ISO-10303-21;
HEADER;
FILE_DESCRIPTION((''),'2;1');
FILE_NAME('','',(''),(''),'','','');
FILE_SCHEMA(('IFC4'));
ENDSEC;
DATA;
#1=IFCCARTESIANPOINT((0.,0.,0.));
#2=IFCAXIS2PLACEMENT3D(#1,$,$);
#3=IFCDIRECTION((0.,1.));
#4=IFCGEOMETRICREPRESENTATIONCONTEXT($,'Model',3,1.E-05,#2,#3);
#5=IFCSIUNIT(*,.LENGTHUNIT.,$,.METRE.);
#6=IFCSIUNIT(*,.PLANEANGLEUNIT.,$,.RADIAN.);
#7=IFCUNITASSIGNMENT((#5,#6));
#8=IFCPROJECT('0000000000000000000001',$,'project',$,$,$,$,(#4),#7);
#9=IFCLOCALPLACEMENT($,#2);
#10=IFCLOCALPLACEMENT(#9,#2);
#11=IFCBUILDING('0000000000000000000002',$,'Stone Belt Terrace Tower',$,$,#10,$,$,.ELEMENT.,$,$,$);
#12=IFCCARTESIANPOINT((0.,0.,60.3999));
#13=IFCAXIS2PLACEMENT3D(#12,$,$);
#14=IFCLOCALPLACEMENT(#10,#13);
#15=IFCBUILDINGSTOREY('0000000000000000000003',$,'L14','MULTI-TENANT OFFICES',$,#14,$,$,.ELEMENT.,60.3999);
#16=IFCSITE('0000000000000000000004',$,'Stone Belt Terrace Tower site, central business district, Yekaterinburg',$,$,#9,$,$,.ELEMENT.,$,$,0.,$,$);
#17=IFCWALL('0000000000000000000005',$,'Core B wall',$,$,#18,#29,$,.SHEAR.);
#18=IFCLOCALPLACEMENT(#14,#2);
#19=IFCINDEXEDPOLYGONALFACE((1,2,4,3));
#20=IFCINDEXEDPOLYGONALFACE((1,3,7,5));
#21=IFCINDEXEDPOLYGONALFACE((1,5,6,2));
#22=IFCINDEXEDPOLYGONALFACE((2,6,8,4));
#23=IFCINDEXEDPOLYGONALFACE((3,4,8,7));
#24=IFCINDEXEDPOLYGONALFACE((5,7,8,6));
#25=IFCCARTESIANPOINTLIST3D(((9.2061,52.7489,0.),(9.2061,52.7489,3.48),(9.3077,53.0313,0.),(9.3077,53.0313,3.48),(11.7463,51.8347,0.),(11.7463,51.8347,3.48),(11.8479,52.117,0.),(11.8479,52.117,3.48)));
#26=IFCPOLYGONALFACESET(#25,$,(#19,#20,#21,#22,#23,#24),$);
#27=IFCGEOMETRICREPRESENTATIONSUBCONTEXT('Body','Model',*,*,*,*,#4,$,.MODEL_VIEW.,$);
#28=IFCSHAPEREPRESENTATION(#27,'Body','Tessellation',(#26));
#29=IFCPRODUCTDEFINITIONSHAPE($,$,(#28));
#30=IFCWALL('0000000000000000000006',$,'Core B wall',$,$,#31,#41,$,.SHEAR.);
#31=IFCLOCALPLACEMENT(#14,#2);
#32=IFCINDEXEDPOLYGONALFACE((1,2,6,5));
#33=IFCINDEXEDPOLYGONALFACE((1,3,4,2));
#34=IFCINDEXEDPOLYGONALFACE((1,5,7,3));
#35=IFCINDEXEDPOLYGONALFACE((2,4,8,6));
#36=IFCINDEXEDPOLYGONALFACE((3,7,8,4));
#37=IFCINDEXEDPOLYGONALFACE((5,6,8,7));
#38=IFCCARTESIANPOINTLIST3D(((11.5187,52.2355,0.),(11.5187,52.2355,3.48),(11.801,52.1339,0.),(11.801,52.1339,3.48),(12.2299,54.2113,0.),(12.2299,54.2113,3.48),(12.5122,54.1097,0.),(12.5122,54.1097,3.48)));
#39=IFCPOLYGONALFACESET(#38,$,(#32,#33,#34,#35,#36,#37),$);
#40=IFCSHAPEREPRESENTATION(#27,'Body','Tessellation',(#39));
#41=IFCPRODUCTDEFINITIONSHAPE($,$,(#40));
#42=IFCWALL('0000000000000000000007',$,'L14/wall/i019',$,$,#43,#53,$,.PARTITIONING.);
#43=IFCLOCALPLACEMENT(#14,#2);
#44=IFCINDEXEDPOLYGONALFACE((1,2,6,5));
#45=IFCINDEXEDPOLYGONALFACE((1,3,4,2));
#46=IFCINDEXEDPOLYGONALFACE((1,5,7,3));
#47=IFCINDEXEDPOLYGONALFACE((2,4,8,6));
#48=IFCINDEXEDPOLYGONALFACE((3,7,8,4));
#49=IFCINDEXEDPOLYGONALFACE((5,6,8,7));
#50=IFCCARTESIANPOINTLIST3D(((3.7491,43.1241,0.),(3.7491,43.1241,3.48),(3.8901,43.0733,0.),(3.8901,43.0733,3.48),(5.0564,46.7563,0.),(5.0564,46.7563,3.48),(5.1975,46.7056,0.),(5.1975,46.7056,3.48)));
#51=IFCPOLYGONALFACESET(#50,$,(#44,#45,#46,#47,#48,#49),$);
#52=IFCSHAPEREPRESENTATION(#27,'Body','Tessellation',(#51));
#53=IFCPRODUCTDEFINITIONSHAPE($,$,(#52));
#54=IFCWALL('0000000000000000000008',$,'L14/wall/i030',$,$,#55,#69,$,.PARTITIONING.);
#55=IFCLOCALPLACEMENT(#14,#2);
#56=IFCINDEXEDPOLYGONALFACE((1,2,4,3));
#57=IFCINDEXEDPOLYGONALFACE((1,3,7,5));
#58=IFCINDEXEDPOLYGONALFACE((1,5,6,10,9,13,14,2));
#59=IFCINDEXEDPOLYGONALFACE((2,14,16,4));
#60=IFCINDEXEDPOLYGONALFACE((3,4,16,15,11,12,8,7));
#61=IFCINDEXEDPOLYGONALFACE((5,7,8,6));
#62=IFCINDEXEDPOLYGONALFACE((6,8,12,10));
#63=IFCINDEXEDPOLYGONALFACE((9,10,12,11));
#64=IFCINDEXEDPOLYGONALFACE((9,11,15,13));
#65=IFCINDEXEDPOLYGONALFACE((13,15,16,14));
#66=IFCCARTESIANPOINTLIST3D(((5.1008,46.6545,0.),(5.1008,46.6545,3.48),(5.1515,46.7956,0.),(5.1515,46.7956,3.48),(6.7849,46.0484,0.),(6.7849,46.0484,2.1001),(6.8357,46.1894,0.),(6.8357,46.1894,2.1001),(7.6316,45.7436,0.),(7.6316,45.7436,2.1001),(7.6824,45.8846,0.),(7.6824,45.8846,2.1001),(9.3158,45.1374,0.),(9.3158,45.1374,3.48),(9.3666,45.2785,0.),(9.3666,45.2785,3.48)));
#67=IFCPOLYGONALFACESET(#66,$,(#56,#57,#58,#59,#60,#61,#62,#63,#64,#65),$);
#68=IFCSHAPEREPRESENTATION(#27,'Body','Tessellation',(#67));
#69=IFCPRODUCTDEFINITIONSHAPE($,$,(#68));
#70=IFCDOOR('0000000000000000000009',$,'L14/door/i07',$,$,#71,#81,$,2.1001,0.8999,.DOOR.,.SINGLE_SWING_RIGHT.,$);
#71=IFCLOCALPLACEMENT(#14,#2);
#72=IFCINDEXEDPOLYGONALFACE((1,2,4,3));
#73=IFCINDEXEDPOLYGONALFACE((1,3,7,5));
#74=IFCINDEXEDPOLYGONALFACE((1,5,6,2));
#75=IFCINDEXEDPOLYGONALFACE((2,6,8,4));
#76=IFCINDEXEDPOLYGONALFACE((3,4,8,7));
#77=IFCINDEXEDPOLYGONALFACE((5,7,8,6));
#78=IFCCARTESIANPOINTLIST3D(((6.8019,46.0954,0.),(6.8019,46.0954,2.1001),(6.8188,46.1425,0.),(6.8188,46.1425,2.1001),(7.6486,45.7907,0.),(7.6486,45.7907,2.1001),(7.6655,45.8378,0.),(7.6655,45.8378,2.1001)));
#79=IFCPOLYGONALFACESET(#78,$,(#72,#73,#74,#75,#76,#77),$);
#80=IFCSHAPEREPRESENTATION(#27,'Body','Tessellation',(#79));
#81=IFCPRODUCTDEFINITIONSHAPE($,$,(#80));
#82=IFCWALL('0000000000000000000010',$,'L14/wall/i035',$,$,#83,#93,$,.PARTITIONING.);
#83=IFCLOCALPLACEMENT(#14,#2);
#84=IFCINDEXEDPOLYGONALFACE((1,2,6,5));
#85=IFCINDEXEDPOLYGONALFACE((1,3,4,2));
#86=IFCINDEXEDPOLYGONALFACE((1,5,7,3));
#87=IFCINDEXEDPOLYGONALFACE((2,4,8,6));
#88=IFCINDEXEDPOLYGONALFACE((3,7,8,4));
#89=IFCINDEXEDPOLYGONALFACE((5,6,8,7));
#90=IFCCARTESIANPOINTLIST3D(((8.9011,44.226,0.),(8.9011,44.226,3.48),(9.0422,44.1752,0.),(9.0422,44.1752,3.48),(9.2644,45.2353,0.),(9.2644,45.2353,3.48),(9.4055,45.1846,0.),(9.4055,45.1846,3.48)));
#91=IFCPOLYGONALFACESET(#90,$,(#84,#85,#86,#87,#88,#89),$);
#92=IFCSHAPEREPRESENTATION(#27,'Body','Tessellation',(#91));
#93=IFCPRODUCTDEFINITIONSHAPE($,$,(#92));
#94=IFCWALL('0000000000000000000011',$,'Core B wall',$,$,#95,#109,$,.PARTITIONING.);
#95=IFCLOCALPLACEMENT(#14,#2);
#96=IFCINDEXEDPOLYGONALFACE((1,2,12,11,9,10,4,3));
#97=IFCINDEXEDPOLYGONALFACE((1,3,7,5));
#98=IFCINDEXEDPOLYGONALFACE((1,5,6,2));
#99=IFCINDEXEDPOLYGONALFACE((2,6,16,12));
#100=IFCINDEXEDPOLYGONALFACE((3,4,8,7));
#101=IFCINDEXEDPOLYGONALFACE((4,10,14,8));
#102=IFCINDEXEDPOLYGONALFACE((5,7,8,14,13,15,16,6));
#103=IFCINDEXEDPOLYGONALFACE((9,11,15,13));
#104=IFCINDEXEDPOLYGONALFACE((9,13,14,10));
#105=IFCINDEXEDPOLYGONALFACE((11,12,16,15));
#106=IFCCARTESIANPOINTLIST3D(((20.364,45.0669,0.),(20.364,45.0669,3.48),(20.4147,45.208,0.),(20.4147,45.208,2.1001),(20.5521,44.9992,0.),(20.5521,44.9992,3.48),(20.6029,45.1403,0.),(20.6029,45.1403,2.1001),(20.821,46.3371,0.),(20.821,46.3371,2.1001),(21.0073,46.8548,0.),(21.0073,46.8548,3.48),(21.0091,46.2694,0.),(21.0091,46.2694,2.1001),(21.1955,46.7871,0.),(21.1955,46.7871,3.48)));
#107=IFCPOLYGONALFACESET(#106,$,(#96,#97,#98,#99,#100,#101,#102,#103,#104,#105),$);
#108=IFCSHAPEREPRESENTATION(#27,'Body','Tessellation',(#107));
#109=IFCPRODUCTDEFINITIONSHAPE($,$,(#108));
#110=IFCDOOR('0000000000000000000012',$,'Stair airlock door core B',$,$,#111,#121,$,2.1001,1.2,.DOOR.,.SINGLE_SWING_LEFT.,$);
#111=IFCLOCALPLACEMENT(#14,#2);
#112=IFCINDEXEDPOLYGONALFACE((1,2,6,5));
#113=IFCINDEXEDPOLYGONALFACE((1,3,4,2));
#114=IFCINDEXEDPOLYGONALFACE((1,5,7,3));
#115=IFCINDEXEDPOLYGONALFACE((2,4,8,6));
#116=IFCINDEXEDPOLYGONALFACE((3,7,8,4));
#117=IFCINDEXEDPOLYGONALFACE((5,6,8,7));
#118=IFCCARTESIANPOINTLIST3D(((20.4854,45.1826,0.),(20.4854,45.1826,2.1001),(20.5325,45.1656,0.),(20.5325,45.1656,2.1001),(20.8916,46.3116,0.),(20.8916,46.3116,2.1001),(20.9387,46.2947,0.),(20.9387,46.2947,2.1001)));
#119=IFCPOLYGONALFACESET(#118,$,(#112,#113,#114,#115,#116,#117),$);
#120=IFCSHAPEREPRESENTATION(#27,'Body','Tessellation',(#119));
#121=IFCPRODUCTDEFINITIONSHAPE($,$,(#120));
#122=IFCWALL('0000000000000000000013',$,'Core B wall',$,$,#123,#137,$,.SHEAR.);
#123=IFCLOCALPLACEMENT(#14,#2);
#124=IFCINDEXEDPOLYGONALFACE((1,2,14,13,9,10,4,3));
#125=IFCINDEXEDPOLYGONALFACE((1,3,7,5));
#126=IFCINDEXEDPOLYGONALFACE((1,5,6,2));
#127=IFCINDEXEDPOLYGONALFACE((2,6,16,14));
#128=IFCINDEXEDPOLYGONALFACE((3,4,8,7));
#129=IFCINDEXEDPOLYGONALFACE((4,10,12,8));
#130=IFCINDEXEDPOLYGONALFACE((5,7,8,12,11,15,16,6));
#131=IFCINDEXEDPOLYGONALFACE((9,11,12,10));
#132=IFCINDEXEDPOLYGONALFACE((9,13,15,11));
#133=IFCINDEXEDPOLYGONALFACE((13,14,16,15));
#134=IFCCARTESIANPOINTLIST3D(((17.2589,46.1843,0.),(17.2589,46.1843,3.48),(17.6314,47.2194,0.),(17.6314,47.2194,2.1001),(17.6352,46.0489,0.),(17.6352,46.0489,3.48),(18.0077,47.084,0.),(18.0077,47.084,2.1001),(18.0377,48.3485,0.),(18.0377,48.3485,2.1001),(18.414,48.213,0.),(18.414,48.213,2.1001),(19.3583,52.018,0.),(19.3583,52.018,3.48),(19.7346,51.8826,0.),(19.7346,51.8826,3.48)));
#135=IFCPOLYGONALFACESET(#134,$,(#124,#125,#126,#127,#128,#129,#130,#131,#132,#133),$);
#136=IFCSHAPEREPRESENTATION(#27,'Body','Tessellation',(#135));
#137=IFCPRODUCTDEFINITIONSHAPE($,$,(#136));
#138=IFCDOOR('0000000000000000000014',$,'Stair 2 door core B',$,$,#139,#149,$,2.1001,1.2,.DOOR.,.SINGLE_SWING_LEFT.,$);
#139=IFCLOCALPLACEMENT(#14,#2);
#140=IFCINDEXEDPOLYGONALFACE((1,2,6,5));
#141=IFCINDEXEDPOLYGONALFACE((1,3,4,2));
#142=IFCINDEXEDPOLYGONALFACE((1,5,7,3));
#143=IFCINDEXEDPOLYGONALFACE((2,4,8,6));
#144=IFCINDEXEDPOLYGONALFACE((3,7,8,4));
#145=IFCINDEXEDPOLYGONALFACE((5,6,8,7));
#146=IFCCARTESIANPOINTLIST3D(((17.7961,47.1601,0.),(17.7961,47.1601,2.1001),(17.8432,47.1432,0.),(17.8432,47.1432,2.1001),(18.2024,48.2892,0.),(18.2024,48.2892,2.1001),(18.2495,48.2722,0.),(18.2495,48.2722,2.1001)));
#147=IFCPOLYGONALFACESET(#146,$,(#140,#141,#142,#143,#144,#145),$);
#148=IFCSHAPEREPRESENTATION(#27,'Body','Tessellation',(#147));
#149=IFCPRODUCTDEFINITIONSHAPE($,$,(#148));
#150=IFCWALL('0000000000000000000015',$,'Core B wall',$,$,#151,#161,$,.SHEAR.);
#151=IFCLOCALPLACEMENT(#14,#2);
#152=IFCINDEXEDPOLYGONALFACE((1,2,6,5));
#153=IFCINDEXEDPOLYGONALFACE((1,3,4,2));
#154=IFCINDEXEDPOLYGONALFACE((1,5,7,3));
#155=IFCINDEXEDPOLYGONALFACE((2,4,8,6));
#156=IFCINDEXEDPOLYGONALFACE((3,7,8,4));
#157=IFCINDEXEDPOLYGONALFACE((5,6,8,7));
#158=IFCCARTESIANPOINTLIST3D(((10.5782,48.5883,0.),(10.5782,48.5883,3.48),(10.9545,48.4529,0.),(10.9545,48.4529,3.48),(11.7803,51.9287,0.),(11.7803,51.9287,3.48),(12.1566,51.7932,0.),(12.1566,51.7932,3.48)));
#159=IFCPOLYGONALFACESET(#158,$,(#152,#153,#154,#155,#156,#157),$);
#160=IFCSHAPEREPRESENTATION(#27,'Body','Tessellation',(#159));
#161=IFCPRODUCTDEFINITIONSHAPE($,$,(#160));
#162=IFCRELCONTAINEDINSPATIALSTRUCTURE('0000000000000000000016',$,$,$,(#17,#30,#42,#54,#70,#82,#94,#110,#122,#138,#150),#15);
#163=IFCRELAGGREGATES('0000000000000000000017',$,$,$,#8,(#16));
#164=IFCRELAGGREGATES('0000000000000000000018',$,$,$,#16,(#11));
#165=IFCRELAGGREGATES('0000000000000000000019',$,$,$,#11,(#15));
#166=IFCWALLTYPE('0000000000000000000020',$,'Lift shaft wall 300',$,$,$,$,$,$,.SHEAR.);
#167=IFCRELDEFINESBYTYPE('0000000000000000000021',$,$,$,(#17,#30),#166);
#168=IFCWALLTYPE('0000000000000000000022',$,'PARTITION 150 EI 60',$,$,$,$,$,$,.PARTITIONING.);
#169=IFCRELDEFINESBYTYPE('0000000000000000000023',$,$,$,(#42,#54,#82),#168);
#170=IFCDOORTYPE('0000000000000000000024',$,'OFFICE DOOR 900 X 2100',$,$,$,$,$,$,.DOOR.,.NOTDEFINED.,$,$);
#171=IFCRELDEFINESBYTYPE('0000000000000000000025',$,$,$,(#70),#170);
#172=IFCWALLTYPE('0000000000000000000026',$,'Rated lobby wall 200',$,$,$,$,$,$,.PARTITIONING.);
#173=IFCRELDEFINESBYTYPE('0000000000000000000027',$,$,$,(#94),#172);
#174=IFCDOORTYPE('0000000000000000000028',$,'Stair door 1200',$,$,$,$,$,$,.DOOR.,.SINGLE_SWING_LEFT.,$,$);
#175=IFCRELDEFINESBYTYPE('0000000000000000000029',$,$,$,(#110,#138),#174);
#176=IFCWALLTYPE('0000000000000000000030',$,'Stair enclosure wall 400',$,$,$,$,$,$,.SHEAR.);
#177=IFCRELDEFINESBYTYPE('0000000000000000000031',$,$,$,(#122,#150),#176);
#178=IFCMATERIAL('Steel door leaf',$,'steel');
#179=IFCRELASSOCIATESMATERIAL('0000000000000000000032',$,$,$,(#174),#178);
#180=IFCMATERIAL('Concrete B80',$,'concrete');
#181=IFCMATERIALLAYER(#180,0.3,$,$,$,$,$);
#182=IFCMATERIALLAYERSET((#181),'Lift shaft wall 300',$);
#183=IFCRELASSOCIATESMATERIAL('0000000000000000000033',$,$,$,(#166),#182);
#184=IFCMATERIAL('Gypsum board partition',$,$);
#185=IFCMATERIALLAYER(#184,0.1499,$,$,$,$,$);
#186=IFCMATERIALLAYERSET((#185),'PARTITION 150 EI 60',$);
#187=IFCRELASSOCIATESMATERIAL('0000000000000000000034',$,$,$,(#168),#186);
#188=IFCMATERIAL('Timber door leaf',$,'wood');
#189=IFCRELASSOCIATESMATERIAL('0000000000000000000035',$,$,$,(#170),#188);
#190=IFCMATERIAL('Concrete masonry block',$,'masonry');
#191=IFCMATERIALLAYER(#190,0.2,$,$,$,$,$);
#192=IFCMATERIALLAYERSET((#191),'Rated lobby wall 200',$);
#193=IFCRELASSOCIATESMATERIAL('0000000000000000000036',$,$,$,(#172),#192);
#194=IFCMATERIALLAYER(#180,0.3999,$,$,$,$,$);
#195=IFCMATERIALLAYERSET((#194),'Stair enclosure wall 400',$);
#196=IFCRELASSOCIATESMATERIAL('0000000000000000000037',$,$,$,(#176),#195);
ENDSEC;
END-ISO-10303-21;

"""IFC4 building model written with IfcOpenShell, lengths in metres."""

from ifc_helpers import new_model, si_unit, direction, frame, frame_2d, origin, place, context, subcontext, project, spatial, rectangle, extrude, material, layer, layer_set, type_object, element, fill, save


model = new_model("IFC4")

# Units and contexts
model_context = context("Model", 3, precision=1e-05, world=origin(), true_north=direction((0.0, 1.0)))
body_context = subcontext(model_context, "Body", "Model", "MODEL_VIEW")
ifc_project = project(units=[si_unit("LENGTHUNIT", "METRE"), si_unit("PLANEANGLEUNIT", "RADIAN")], contexts=[model_context])

# Site, building, storey
site_placement = place(None, origin())
site = spatial("IfcSite", under=ifc_project, at=site_placement, Name="Stone Belt Terrace Tower site, central business district, Yekaterinburg", CompositionType="ELEMENT", RefElevation=0.0)
building_placement = place(site_placement, origin())
building = spatial("IfcBuilding", under=site, at=building_placement, Name="Stone Belt Terrace Tower", CompositionType="ELEMENT")
storey_placement = place(building_placement, frame((0.0, 0.0, 60.3999)))
storey = spatial("IfcBuildingStorey", under=building, at=storey_placement, Name="L14", Description="MULTI-TENANT OFFICES", CompositionType="ELEMENT", Elevation=60.3999)

# Shared definitions
ifc_material_1 = material(Name="Concrete B80", Category="concrete")

# Shared definitions
ifc_material_2 = material(Name="Steel door leaf", Category="steel")
door_type_1 = type_object("IfcDoorType", Name="Stair door 1200", OperationType="SINGLE_SWING_LEFT", PredefinedType="DOOR", material=ifc_material_2)
ifc_material_3 = material(Name="Timber door leaf", Category="wood")

# Walls
ifc_layer_1 = layer(ifc_material_1, 0.3)
ifc_layer_set_1 = layer_set([ifc_layer_1], Name="Lift shaft wall 300")
wall_type_1 = type_object("IfcWallType", Name="Lift shaft wall 300", PredefinedType="SHEAR", material=ifc_layer_set_1)
wall_1_placement = place(storey_placement, frame((11.7971, 51.9758, 0.0), z_axis=(0.0, 0.0, 1.0), x_axis=(-0.94091, 0.338655, 0.0)))
element("IfcWall", 1, at=wall_1_placement, inside=storey, type_object=wall_type_1, Name="Core B wall", PredefinedType="SHEAR", context=body_context, shape_type="SweptSolid", body=[
    extrude(rectangle(XDim=2.6997, YDim=0.3, at=frame_2d((1.3499, 0.0))), origin(), (0.0, 0.0, 1.0), 3.48),
])
wall_2_placement = place(storey_placement, frame((11.6599, 52.1848, 0.0), z_axis=(0.0, 0.0, 1.0), x_axis=(0.33867, 0.940905, 0.0)))
element("IfcWall", 2, at=wall_2_placement, inside=storey, type_object=wall_type_1, Name="Core B wall", PredefinedType="SHEAR", context=body_context, shape_type="SweptSolid", body=[
    extrude(rectangle(XDim=2.0999, YDim=0.3, at=frame_2d((1.0498, 0.0))), origin(), (0.0, 0.0, 1.0), 3.48),
])
ifc_material_4 = material(Name="Gypsum board partition")
ifc_layer_2 = layer(ifc_material_4, 0.1499)
ifc_layer_set_2 = layer_set([ifc_layer_2], Name="PARTITION 150 EI 60")
wall_type_2 = type_object("IfcWallType", Name="PARTITION 150 EI 60", PredefinedType="PARTITIONING", material=ifc_layer_set_2)
wall_3_placement = place(storey_placement, frame((5.127, 46.731, 0.0), z_axis=(0.0, 0.0, 1.0), x_axis=(-0.338659, -0.940909, 0.0)))
element("IfcWall", 3, at=wall_3_placement, inside=storey, type_object=wall_type_2, Name="L14/wall/i019", PredefinedType="PARTITIONING", context=body_context, shape_type="SweptSolid", body=[
    extrude(rectangle(XDim=3.8604, YDim=0.1499, at=frame_2d((1.9302, 0.0))), origin(), (0.0, 0.0, 1.0), 3.48),
])

# Wall, opening, door
wall_4_placement = place(storey_placement, frame((9.3411, 45.208, 0.0), z_axis=(0.0, 0.0, 1.0), x_axis=(-0.940912, 0.338652, 0.0)))
wall_4 = element("IfcWall", 4, at=wall_4_placement, inside=storey, type_object=wall_type_2, Name="L14/wall/i030", PredefinedType="PARTITIONING", context=body_context, shape_type="SweptSolid", body=[
    extrude(rectangle(XDim=4.4797, YDim=0.1499, at=frame_2d((2.2397, 0.0))), origin(), (0.0, 0.0, 1.0), 3.48),
])
opening_1_placement = place(wall_4_placement, frame((1.7898, 0.0, 0.0)))
opening_1 = element("IfcOpeningElement", 5, at=opening_1_placement, cuts=wall_4, PredefinedType="OPENING", context=body_context, shape_type="SweptSolid", body=[
    extrude(rectangle(XDim=0.8999, YDim=2.1001, at=frame_2d((0.45, 1.05))), frame((0.0, 0.085, 0.0), z_axis=(0.0, -1.0, 0.0), x_axis=(1.0, 0.0, 0.0)), (0.0, 0.0, 1.0), 0.1699),
])
door_type_2 = type_object("IfcDoorType", Name="OFFICE DOOR 900 X 2100", OperationType="NOTDEFINED", PredefinedType="DOOR", material=ifc_material_3)
door_1_placement = place(opening_1_placement, origin())
door_1 = element("IfcDoor", 6, at=door_1_placement, inside=storey, type_object=door_type_2, Name="L14/door/i07", OperationType="SINGLE_SWING_RIGHT", OverallHeight=2.1001, OverallWidth=0.8999, PredefinedType="DOOR", context=body_context, shape_type="SweptSolid", body=[
    extrude(rectangle(XDim=0.8999, YDim=2.1001, at=frame_2d((0.45, 1.05))), frame((0.0, 0.0249, 0.0), z_axis=(0.0, -1.0, 0.0), x_axis=(1.0, 0.0, 0.0)), (0.0, 0.0, 1.0), 0.05),
])
fill(opening_1, door_1)

# Wall
wall_5_placement = place(storey_placement, frame((9.335, 45.21, 0.0), z_axis=(0.0, 0.0, 1.0), x_axis=(-0.338671, -0.940905, 0.0)))
element("IfcWall", 7, at=wall_5_placement, inside=storey, type_object=wall_type_2, Name="L14/wall/i035", PredefinedType="PARTITIONING", context=body_context, shape_type="SweptSolid", body=[
    extrude(rectangle(XDim=1.0728, YDim=0.1499, at=frame_2d((0.5364, 0.0))), origin(), (0.0, 0.0, 1.0), 3.48),
])

# Walls, openings, doors
ifc_material_5 = material(Name="Concrete masonry block", Category="masonry")
ifc_layer_3 = layer(ifc_material_5, 0.2)
ifc_layer_set_3 = layer_set([ifc_layer_3], Name="Rated lobby wall 200")
wall_type_3 = type_object("IfcWallType", Name="Rated lobby wall 200", PredefinedType="PARTITIONING", material=ifc_layer_set_3)
wall_6_placement = place(storey_placement, frame((20.458, 45.033, 0.0), z_axis=(0.0, 0.0, 1.0), x_axis=(0.338574, 0.94094, 0.0)))
wall_6 = element("IfcWall", 8, at=wall_6_placement, inside=storey, type_object=wall_type_3, Name="Core B wall", PredefinedType="PARTITIONING", context=body_context, shape_type="SweptSolid", body=[
    extrude(rectangle(XDim=1.9001, YDim=0.2, at=frame_2d((0.9502, 0.0))), origin(), (0.0, 0.0, 1.0), 3.48),
])
opening_2_placement = place(wall_6_placement, frame((0.1499, 0.0, 0.0)))
opening_2 = element("IfcOpeningElement", 9, at=opening_2_placement, cuts=wall_6, PredefinedType="OPENING", context=body_context, shape_type="SweptSolid", body=[
    extrude(rectangle(XDim=1.2, YDim=2.1001, at=frame_2d((0.6001, 1.05))), frame((0.0, 0.1099, 0.0), z_axis=(0.0, -1.0, 0.0), x_axis=(1.0, 0.0, 0.0)), (0.0, 0.0, 1.0), 0.22),
])
door_2_placement = place(opening_2_placement, origin())
door_2 = element("IfcDoor", 10, at=door_2_placement, inside=storey, type_object=door_type_1, Name="Stair airlock door core B", OperationType="SINGLE_SWING_LEFT", OverallHeight=2.1001, OverallWidth=1.2, PredefinedType="DOOR", context=body_context, shape_type="SweptSolid", body=[
    extrude(rectangle(XDim=1.2, YDim=2.1001, at=frame_2d((0.6001, 1.05))), frame((0.0, 0.0249, 0.0), z_axis=(0.0, -1.0, 0.0), x_axis=(1.0, 0.0, 0.0)), (0.0, 0.0, 1.0), 0.05),
])
fill(opening_2, door_2)
ifc_layer_4 = layer(ifc_material_1, 0.3999)
ifc_layer_set_4 = layer_set([ifc_layer_4], Name="Stair enclosure wall 400")
wall_type_4 = type_object("IfcWallType", Name="Stair enclosure wall 400", PredefinedType="SHEAR", material=ifc_layer_set_4)
wall_7_placement = place(storey_placement, frame((17.447, 46.1165, 0.0), z_axis=(0.0, 0.0, 1.0), x_axis=(0.338608, 0.940928, 0.0)))
wall_7 = element("IfcWall", 11, at=wall_7_placement, inside=storey, type_object=wall_type_4, Name="Core B wall", PredefinedType="SHEAR", context=body_context, shape_type="SweptSolid", body=[
    extrude(rectangle(XDim=6.2, YDim=0.3999, at=frame_2d((3.1001, 0.0))), origin(), (0.0, 0.0, 1.0), 3.48),
])
opening_3_placement = place(wall_7_placement, frame((1.1001, 0.0, 0.0)))
opening_3 = element("IfcOpeningElement", 12, at=opening_3_placement, cuts=wall_7, PredefinedType="OPENING", context=body_context, shape_type="SweptSolid", body=[
    extrude(rectangle(XDim=1.2, YDim=2.1001, at=frame_2d((0.6001, 1.05))), frame((0.0, 0.21, 0.0), z_axis=(0.0, -1.0, 0.0), x_axis=(1.0, 0.0, 0.0)), (0.0, 0.0, 1.0), 0.4199),
])
door_3_placement = place(opening_3_placement, origin())
door_3 = element("IfcDoor", 13, at=door_3_placement, inside=storey, type_object=door_type_1, Name="Stair 2 door core B", OperationType="SINGLE_SWING_LEFT", OverallHeight=2.1001, OverallWidth=1.2, PredefinedType="DOOR", context=body_context, shape_type="SweptSolid", body=[
    extrude(rectangle(XDim=1.2, YDim=2.1001, at=frame_2d((0.6001, 1.05))), frame((0.0, 0.0249, 0.0), z_axis=(0.0, -1.0, 0.0), x_axis=(1.0, 0.0, 0.0)), (0.0, 0.0, 1.0), 0.05),
])
fill(opening_3, door_3)

# Wall
wall_8_placement = place(storey_placement, frame((10.7664, 48.5208, 0.0), z_axis=(0.0, 0.0, 1.0), x_axis=(0.338627, 0.940921, 0.0)))
element("IfcWall", 14, at=wall_8_placement, inside=storey, type_object=wall_type_4, Name="Core B wall", PredefinedType="SHEAR", context=body_context, shape_type="SweptSolid", body=[
    extrude(rectangle(XDim=3.55, YDim=0.3999, at=frame_2d((1.7749, 0.0))), origin(), (0.0, 0.0, 1.0), 3.48),
])

save(model, "model.ifc")
